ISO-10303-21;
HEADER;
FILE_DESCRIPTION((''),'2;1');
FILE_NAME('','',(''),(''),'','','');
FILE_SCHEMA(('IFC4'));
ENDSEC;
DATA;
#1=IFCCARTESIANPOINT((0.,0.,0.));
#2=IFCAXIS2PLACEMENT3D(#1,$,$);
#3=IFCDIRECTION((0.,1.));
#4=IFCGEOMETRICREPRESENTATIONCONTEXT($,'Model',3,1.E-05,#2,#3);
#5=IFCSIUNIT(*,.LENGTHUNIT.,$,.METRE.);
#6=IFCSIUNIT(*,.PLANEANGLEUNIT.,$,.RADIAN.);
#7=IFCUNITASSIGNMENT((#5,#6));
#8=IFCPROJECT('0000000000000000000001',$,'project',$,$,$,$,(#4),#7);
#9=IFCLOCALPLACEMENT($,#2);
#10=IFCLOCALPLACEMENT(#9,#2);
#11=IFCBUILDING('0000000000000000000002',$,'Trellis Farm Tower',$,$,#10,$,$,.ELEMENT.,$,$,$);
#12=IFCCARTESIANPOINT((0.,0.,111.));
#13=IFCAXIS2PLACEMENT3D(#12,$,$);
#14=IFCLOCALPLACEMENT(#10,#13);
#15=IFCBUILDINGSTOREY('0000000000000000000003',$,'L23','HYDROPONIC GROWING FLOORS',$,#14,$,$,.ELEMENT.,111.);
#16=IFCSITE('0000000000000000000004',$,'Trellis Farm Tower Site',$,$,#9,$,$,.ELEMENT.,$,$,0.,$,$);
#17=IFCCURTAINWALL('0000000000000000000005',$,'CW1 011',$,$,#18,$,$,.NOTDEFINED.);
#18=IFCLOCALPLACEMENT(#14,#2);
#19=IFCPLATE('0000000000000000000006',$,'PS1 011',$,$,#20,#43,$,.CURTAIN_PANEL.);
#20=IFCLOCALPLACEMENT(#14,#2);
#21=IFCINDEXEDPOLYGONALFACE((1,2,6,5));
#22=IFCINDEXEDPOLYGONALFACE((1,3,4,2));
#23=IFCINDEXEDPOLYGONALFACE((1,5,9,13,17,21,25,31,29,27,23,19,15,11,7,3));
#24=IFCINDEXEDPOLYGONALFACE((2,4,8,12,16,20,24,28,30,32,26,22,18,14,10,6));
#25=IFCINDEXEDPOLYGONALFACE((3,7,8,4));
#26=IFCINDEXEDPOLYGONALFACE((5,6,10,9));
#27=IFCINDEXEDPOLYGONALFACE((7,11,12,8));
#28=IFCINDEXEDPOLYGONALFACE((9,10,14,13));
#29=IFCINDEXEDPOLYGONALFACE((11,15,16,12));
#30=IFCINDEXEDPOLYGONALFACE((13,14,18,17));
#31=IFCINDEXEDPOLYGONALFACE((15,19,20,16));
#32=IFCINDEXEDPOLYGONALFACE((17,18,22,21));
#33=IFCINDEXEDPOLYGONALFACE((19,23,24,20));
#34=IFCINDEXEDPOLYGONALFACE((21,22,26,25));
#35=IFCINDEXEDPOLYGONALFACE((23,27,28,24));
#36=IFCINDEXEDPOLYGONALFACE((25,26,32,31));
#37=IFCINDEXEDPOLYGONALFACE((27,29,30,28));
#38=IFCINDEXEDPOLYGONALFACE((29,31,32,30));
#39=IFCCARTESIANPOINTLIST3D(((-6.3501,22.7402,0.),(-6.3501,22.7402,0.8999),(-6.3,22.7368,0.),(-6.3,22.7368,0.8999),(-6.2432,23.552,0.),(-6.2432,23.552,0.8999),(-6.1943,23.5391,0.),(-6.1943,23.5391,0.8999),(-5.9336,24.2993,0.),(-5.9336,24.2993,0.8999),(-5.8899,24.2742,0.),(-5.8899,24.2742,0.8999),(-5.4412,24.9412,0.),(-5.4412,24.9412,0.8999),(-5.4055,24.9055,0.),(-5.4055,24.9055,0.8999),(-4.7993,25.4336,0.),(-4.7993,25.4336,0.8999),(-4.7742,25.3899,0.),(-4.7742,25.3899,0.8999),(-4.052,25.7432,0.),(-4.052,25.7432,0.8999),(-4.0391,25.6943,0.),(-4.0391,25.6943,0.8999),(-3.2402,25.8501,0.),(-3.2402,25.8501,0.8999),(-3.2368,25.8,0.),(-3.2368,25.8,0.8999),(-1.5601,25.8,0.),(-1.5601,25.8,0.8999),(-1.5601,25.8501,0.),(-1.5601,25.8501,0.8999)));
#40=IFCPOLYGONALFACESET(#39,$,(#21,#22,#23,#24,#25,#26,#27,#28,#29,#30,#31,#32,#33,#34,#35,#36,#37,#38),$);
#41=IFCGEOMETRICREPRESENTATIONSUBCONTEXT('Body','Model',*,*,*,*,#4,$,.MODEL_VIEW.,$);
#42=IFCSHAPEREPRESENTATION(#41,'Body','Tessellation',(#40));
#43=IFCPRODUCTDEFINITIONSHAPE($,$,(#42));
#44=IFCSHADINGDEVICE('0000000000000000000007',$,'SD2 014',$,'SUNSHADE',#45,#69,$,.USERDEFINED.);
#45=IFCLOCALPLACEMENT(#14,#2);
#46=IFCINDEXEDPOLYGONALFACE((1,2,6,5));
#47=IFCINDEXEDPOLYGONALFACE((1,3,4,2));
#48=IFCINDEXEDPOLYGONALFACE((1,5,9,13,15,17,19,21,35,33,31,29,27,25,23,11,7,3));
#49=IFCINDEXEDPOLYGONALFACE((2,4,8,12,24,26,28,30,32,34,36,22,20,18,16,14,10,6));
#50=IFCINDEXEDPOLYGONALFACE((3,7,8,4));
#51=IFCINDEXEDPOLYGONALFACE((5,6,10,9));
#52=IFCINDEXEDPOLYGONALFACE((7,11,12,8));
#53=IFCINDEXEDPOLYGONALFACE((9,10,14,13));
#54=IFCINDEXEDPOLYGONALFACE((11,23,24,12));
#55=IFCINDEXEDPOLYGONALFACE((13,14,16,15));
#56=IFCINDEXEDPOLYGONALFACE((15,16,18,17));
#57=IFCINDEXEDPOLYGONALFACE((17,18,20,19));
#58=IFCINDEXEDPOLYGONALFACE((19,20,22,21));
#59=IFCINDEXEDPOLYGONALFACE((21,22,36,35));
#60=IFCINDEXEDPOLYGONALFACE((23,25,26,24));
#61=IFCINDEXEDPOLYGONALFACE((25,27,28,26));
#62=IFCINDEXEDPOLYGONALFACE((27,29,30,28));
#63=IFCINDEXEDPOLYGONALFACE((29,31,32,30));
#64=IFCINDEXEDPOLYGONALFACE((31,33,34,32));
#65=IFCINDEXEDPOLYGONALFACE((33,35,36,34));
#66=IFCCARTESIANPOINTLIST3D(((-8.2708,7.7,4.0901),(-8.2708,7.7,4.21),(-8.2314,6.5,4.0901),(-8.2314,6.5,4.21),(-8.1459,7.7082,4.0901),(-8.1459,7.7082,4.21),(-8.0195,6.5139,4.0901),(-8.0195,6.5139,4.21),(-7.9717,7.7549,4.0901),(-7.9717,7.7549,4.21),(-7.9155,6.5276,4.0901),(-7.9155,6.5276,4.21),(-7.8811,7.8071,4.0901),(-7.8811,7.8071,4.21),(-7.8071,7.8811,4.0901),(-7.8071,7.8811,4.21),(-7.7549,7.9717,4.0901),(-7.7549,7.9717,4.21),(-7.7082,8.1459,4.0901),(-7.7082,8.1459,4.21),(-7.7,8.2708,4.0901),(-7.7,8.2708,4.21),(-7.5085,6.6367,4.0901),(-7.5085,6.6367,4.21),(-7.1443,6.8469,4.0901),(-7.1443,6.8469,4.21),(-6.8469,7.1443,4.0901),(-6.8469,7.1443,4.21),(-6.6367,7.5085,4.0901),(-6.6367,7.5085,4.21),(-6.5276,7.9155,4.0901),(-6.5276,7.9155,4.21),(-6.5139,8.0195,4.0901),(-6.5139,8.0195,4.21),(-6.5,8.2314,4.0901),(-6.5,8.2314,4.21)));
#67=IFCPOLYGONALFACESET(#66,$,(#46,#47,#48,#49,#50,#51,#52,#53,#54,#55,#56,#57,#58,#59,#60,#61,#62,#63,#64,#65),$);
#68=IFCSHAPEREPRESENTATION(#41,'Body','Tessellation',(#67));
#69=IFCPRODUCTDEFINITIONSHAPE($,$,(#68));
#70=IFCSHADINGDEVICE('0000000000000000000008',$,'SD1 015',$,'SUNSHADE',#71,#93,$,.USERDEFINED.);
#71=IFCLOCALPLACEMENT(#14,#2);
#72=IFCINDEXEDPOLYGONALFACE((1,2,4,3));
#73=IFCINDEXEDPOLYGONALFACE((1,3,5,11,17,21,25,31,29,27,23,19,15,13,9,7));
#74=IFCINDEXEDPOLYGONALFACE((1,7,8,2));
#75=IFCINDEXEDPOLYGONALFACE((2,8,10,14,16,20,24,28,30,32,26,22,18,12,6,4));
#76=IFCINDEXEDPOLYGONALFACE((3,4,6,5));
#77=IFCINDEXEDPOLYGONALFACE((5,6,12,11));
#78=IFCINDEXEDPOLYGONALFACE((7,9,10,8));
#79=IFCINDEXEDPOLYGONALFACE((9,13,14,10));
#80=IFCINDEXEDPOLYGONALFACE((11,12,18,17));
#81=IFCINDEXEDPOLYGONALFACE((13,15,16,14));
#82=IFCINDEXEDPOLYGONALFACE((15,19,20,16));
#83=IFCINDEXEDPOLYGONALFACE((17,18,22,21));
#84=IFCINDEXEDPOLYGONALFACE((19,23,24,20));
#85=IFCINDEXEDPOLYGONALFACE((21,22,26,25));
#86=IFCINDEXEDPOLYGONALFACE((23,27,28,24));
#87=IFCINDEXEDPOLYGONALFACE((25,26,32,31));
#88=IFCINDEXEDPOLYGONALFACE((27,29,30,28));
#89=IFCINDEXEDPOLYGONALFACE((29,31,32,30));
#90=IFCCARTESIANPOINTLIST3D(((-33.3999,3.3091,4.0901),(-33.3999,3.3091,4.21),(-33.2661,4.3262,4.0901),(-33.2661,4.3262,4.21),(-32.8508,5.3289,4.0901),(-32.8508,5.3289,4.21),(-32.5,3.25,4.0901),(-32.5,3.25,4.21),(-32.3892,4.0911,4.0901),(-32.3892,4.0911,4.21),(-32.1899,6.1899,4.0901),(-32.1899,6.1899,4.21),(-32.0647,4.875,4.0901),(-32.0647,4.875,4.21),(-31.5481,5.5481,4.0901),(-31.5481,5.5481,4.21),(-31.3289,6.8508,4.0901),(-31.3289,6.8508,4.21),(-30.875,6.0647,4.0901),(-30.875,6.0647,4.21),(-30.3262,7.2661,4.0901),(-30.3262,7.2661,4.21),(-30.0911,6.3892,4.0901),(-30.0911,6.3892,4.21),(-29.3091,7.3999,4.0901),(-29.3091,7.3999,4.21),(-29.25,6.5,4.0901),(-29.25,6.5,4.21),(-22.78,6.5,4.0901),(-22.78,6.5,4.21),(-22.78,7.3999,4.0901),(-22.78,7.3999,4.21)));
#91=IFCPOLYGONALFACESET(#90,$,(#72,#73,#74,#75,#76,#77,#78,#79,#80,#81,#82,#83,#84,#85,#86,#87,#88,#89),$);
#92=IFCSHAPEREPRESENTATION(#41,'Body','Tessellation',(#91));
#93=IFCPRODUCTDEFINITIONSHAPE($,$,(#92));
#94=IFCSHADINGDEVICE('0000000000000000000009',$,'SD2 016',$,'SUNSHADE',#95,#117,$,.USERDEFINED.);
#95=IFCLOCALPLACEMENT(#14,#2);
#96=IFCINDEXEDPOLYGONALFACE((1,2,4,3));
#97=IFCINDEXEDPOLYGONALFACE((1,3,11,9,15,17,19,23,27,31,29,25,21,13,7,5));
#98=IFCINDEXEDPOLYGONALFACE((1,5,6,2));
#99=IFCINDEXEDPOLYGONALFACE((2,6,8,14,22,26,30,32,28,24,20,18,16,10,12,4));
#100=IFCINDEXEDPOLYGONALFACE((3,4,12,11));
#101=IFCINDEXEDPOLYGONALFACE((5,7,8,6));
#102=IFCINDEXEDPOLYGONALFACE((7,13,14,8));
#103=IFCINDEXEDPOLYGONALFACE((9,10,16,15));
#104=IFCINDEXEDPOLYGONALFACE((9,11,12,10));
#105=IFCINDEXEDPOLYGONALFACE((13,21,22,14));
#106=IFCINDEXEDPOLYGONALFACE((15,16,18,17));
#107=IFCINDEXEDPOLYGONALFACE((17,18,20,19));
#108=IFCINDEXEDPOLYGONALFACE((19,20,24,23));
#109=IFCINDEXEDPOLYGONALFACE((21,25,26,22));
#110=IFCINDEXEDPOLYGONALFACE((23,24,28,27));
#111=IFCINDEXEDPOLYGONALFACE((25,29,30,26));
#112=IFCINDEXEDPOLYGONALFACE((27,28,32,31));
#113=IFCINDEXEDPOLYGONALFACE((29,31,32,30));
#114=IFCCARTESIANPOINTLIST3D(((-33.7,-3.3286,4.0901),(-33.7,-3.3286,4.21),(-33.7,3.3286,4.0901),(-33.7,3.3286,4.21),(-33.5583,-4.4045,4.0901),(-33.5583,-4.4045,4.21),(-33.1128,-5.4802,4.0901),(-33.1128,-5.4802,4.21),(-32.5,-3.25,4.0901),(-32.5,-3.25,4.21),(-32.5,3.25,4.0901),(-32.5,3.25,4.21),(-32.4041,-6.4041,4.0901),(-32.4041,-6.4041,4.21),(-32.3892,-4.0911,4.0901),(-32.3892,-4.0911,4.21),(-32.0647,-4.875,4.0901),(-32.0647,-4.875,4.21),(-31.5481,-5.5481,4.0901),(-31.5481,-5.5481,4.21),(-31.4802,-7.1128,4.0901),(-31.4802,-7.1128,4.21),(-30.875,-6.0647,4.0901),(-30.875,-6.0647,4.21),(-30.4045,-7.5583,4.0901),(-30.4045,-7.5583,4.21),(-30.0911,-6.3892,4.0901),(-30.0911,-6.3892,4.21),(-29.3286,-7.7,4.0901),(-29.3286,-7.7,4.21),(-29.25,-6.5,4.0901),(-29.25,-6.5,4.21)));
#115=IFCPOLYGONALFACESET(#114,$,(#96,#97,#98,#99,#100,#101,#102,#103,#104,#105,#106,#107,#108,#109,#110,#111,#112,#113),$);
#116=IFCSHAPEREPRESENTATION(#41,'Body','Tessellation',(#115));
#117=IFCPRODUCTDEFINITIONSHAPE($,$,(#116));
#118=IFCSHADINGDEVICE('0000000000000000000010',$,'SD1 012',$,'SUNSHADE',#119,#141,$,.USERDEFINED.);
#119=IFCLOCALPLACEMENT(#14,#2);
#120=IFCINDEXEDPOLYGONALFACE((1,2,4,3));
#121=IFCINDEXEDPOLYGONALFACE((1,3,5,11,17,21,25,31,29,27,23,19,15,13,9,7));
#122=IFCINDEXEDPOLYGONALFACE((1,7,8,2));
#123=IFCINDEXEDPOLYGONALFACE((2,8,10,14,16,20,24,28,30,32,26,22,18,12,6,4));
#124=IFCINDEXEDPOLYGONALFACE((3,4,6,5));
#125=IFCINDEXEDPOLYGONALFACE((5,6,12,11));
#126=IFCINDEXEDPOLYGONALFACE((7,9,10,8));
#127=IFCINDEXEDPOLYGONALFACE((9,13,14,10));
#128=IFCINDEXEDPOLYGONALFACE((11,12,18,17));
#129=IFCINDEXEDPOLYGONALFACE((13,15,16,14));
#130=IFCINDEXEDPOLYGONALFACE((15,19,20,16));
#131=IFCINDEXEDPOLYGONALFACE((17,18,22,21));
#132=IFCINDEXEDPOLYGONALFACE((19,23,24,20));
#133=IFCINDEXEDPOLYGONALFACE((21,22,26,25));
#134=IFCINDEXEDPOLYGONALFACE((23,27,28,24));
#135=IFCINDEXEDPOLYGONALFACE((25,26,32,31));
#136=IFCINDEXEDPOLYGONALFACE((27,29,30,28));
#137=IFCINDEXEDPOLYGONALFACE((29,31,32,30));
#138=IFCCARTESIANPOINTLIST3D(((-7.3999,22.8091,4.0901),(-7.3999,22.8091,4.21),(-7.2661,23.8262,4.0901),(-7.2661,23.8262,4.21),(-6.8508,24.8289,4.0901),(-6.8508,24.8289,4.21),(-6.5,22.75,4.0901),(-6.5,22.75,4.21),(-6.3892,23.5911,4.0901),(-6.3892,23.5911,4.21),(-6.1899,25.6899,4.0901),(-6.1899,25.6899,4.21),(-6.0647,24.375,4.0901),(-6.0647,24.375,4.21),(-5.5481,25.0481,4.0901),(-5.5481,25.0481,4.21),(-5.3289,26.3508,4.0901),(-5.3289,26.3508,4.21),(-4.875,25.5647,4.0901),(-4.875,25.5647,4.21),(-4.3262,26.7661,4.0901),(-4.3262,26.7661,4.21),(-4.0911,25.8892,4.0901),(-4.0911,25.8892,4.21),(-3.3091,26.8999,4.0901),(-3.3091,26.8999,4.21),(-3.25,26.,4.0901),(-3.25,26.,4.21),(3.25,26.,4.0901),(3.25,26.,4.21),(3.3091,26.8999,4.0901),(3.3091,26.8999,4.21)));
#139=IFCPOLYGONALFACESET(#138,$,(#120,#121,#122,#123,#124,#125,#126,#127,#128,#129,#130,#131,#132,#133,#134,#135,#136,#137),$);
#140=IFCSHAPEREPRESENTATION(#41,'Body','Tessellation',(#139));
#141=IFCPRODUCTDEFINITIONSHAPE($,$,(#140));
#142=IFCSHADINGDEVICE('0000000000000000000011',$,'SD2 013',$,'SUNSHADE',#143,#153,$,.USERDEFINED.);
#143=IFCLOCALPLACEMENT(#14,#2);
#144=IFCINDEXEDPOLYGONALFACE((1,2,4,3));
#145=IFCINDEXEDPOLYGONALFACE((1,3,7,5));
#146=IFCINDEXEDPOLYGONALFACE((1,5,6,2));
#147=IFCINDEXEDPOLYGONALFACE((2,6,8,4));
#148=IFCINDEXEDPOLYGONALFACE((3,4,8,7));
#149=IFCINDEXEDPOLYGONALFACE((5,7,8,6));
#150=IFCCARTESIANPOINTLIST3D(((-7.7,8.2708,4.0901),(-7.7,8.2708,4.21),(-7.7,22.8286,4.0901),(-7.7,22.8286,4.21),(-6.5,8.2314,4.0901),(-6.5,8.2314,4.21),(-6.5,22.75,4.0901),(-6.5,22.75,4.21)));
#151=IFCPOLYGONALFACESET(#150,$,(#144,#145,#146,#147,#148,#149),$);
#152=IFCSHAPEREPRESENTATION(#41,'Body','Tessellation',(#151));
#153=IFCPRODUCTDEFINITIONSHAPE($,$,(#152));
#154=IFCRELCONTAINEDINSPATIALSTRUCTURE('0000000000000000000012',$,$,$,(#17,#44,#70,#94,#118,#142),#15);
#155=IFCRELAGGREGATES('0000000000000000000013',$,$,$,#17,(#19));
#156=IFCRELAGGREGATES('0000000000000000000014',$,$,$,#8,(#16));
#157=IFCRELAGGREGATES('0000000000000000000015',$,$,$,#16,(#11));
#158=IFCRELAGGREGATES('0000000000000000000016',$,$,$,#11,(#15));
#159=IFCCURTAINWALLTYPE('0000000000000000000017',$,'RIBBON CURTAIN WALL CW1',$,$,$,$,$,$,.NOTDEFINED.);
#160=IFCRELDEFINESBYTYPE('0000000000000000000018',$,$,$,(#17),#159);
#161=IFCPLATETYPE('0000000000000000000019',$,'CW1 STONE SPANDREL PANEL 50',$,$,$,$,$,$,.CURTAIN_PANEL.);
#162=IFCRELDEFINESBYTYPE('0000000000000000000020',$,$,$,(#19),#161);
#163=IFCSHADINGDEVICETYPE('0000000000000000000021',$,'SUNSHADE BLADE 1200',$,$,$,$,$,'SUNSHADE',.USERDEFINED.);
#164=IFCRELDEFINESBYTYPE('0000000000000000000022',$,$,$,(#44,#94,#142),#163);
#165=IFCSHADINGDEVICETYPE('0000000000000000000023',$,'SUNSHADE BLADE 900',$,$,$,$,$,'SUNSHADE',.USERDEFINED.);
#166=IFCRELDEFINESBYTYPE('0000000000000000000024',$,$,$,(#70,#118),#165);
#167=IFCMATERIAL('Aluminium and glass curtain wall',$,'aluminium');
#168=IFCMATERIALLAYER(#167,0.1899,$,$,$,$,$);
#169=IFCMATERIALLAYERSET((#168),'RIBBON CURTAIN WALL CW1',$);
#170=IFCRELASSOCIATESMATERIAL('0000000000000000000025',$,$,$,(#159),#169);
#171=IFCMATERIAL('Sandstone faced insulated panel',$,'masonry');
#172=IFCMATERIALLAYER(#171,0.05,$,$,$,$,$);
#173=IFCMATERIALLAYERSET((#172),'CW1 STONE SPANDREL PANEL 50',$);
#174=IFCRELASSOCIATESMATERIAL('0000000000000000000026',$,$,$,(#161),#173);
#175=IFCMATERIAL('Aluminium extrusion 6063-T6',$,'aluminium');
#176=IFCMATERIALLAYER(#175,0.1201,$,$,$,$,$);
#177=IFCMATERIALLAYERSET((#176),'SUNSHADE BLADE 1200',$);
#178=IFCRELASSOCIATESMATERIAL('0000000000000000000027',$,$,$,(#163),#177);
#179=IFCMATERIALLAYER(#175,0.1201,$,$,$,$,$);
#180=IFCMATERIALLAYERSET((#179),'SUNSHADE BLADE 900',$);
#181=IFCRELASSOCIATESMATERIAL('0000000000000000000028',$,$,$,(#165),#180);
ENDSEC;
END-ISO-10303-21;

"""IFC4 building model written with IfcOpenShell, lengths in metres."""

from ifc_helpers import new_model, si_unit, direction, frame, origin, place, context, subcontext, project, spatial, polyline, outline, extrude, source, transform, mapped, material, layer, layer_set, type_object, element, aggregate, save


model = new_model("IFC4")

# Units and contexts
model_context = context("Model", 3, precision=1e-05, world=origin(), true_north=direction((0.0, 1.0)))
body_context = subcontext(model_context, "Body", "Model", "MODEL_VIEW")
ifc_project = project(units=[si_unit("LENGTHUNIT", "METRE"), si_unit("PLANEANGLEUNIT", "RADIAN")], contexts=[model_context])

# Site, building, storey
site_placement = place(None, origin())
site = spatial("IfcSite", under=ifc_project, at=site_placement, Name="Trellis Farm Tower Site", CompositionType="ELEMENT", RefElevation=0.0)
building_placement = place(site_placement, origin())
building = spatial("IfcBuilding", under=site, at=building_placement, Name="Trellis Farm Tower", CompositionType="ELEMENT")
storey_placement = place(building_placement, frame((0.0, 0.0, 111.0)))
storey = spatial("IfcBuildingStorey", under=building, at=storey_placement, Name="L23", Description="HYDROPONIC GROWING FLOORS", CompositionType="ELEMENT", Elevation=111.0)

# Curtain wall
ifc_material_1 = material(Name="Aluminium and glass curtain wall", Category="aluminium")
placement_1 = place(storey_placement, origin())
ifc_material_2 = material(Name="Aluminium extrusion 6063-T6", Category="aluminium")
ifc_layer_1 = layer(ifc_material_1, 0.1899)
ifc_layer_set_1 = layer_set([ifc_layer_1], Name="RIBBON CURTAIN WALL CW1")
curtain_wall_type_1 = type_object("IfcCurtainWallType", Name="RIBBON CURTAIN WALL CW1", PredefinedType="NOTDEFINED", material=ifc_layer_set_1)
curtain_wall_1 = element("IfcCurtainWall", 1, at=placement_1, inside=storey, type_object=curtain_wall_type_1, Name="CW1 011", PredefinedType="NOTDEFINED")

# Plate
ifc_material_3 = material(Name="Sandstone faced insulated panel", Category="masonry")
ifc_layer_2 = layer(ifc_material_3, 0.05)
ifc_layer_set_2 = layer_set([ifc_layer_2], Name="CW1 STONE SPANDREL PANEL 50")
plate_type_1 = type_object("IfcPlateType", Name="CW1 STONE SPANDREL PANEL 50", PredefinedType="CURTAIN_PANEL", material=ifc_layer_set_2)
shared_shape_1 = source(origin(), body_context, "Body", "SweptSolid", [
    extrude(outline(polyline([(-1.5601, 25.8501), (-3.2402, 25.8501), (-4.052, 25.7432), (-4.7993, 25.4336), (-5.4412, 24.9412), (-5.9336, 24.2993), (-6.2432, 23.552), (-6.3501, 22.7402), (-6.3, 22.7368), (-6.1943, 23.5391), (-5.8899, 24.2742), (-5.4055, 24.9055), (-4.7742, 25.3899), (-4.0391, 25.6943), (-3.2368, 25.8), (-1.5601, 25.8), (-1.5601, 25.8501)])), origin(), (0.0, 0.0, 1.0), 0.8999),
])
plate_1 = element("IfcPlate", 2, at=placement_1, type_object=plate_type_1, Name="PS1 011", PredefinedType="CURTAIN_PANEL", context=body_context, shape_type="MappedRepresentation", body=[
    mapped(shared_shape_1, transform((0.0, 0.0, 0.0))),
])
aggregate(curtain_wall_1, [plate_1])

# Shading devices
ifc_layer_3 = layer(ifc_material_2, 0.1201)
ifc_layer_set_3 = layer_set([ifc_layer_3], Name="SUNSHADE BLADE 1200")
shading_device_type_1 = type_object("IfcShadingDeviceType", Name="SUNSHADE BLADE 1200", ElementType="SUNSHADE", PredefinedType="USERDEFINED", material=ifc_layer_set_3)
shared_shape_2 = source(origin(), body_context, "Body", "SweptSolid", [
    extrude(outline(polyline([(-7.7, 8.2708), (-7.7087, 8.1372), (-7.707, 8.1501), (-7.7549, 7.9717), (-7.8071, 7.8811), (-7.8811, 7.8071), (-7.9717, 7.7549), (-8.1501, 7.707), (-8.1372, 7.7087), (-8.2708, 7.7), (-8.2314, 6.5), (-8.0195, 6.5139), (-7.9155, 6.5276), (-7.5085, 6.6367), (-7.1443, 6.8469), (-6.8469, 7.1443), (-6.6367, 7.5085), (-6.5276, 7.9155), (-6.5139, 8.0195), (-6.5, 8.2314), (-7.7, 8.2708)])), origin(), (0.0, 0.0, 1.0), 0.1199),
])
placement_2 = place(storey_placement, frame((0.0, 0.0, 4.0901)))
element("IfcShadingDevice", 3, at=placement_2, inside=storey, type_object=shading_device_type_1, Name="SD2 014", ObjectType="SUNSHADE", PredefinedType="USERDEFINED", context=body_context, shape_type="MappedRepresentation", body=[
    mapped(shared_shape_2, transform((0.0, 0.0, 0.0))),
])
ifc_layer_4 = layer(ifc_material_2, 0.1201)
ifc_layer_set_4 = layer_set([ifc_layer_4], Name="SUNSHADE BLADE 900")
shading_device_type_2 = type_object("IfcShadingDeviceType", Name="SUNSHADE BLADE 900", ElementType="SUNSHADE", PredefinedType="USERDEFINED", material=ifc_layer_set_4)
shared_shape_3 = source(origin(), body_context, "Body", "SweptSolid", [
    extrude(outline(polyline([(-22.78, 7.3999), (-29.3091, 7.3999), (-30.3262, 7.2661), (-31.3289, 6.8508), (-32.1899, 6.1899), (-32.8508, 5.3289), (-33.2661, 4.3262), (-33.3999, 3.3091), (-32.5, 3.25), (-32.3892, 4.0911), (-32.0647, 4.875), (-31.5481, 5.5481), (-30.875, 6.0647), (-30.0911, 6.3892), (-29.25, 6.5), (-22.78, 6.5), (-22.78, 7.3999)])), origin(), (0.0, 0.0, 1.0), 0.1199),
])
element("IfcShadingDevice", 4, at=placement_2, inside=storey, type_object=shading_device_type_2, Name="SD1 015", ObjectType="SUNSHADE", PredefinedType="USERDEFINED", context=body_context, shape_type="MappedRepresentation", body=[
    mapped(shared_shape_3, transform((0.0, 0.0, 0.0))),
])
shared_shape_4 = source(origin(), body_context, "Body", "SweptSolid", [
    extrude(outline(polyline([(-33.7, 3.3286), (-33.7, -3.3286), (-33.5583, -4.4045), (-33.1128, -5.4802), (-32.4041, -6.4041), (-31.4802, -7.1128), (-30.4045, -7.5583), (-29.3286, -7.7), (-29.25, -6.5), (-30.0911, -6.3892), (-30.875, -6.0647), (-31.5481, -5.5481), (-32.0647, -4.875), (-32.3892, -4.0911), (-32.5, -3.25), (-32.5, 3.25), (-33.7, 3.3286)])), origin(), (0.0, 0.0, 1.0), 0.1199),
])
element("IfcShadingDevice", 5, at=placement_2, inside=storey, type_object=shading_device_type_1, Name="SD2 016", ObjectType="SUNSHADE", PredefinedType="USERDEFINED", context=body_context, shape_type="MappedRepresentation", body=[
    mapped(shared_shape_4, transform((0.0, 0.0, 0.0))),
])
shared_shape_5 = source(origin(), body_context, "Body", "SweptSolid", [
    extrude(outline(polyline([(3.3091, 26.8999), (-3.3091, 26.8999), (-4.3262, 26.7661), (-5.3289, 26.3508), (-6.1899, 25.6899), (-6.8508, 24.8289), (-7.2661, 23.8262), (-7.3999, 22.8091), (-6.5, 22.75), (-6.3892, 23.5911), (-6.0647, 24.375), (-5.5481, 25.0481), (-4.875, 25.5647), (-4.0911, 25.8892), (-3.25, 26.0), (3.25, 26.0), (3.3091, 26.8999)])), origin(), (0.0, 0.0, 1.0), 0.1199),
])
element("IfcShadingDevice", 6, at=placement_2, inside=storey, type_object=shading_device_type_2, Name="SD1 012", ObjectType="SUNSHADE", PredefinedType="USERDEFINED", context=body_context, shape_type="MappedRepresentation", body=[
    mapped(shared_shape_5, transform((0.0, 0.0, 0.0))),
])
shared_shape_6 = source(origin(), body_context, "Body", "SweptSolid", [
    extrude(outline(polyline([(-7.7, 22.8286), (-7.7, 8.2708), (-6.5, 8.2314), (-6.5, 22.75), (-7.7, 22.8286)])), origin(), (0.0, 0.0, 1.0), 0.1199),
])
element("IfcShadingDevice", 7, at=placement_2, inside=storey, type_object=shading_device_type_1, Name="SD2 013", ObjectType="SUNSHADE", PredefinedType="USERDEFINED", context=body_context, shape_type="MappedRepresentation", body=[
    mapped(shared_shape_6, transform((0.0, 0.0, 0.0))),
])

save(model, "model.ifc")
